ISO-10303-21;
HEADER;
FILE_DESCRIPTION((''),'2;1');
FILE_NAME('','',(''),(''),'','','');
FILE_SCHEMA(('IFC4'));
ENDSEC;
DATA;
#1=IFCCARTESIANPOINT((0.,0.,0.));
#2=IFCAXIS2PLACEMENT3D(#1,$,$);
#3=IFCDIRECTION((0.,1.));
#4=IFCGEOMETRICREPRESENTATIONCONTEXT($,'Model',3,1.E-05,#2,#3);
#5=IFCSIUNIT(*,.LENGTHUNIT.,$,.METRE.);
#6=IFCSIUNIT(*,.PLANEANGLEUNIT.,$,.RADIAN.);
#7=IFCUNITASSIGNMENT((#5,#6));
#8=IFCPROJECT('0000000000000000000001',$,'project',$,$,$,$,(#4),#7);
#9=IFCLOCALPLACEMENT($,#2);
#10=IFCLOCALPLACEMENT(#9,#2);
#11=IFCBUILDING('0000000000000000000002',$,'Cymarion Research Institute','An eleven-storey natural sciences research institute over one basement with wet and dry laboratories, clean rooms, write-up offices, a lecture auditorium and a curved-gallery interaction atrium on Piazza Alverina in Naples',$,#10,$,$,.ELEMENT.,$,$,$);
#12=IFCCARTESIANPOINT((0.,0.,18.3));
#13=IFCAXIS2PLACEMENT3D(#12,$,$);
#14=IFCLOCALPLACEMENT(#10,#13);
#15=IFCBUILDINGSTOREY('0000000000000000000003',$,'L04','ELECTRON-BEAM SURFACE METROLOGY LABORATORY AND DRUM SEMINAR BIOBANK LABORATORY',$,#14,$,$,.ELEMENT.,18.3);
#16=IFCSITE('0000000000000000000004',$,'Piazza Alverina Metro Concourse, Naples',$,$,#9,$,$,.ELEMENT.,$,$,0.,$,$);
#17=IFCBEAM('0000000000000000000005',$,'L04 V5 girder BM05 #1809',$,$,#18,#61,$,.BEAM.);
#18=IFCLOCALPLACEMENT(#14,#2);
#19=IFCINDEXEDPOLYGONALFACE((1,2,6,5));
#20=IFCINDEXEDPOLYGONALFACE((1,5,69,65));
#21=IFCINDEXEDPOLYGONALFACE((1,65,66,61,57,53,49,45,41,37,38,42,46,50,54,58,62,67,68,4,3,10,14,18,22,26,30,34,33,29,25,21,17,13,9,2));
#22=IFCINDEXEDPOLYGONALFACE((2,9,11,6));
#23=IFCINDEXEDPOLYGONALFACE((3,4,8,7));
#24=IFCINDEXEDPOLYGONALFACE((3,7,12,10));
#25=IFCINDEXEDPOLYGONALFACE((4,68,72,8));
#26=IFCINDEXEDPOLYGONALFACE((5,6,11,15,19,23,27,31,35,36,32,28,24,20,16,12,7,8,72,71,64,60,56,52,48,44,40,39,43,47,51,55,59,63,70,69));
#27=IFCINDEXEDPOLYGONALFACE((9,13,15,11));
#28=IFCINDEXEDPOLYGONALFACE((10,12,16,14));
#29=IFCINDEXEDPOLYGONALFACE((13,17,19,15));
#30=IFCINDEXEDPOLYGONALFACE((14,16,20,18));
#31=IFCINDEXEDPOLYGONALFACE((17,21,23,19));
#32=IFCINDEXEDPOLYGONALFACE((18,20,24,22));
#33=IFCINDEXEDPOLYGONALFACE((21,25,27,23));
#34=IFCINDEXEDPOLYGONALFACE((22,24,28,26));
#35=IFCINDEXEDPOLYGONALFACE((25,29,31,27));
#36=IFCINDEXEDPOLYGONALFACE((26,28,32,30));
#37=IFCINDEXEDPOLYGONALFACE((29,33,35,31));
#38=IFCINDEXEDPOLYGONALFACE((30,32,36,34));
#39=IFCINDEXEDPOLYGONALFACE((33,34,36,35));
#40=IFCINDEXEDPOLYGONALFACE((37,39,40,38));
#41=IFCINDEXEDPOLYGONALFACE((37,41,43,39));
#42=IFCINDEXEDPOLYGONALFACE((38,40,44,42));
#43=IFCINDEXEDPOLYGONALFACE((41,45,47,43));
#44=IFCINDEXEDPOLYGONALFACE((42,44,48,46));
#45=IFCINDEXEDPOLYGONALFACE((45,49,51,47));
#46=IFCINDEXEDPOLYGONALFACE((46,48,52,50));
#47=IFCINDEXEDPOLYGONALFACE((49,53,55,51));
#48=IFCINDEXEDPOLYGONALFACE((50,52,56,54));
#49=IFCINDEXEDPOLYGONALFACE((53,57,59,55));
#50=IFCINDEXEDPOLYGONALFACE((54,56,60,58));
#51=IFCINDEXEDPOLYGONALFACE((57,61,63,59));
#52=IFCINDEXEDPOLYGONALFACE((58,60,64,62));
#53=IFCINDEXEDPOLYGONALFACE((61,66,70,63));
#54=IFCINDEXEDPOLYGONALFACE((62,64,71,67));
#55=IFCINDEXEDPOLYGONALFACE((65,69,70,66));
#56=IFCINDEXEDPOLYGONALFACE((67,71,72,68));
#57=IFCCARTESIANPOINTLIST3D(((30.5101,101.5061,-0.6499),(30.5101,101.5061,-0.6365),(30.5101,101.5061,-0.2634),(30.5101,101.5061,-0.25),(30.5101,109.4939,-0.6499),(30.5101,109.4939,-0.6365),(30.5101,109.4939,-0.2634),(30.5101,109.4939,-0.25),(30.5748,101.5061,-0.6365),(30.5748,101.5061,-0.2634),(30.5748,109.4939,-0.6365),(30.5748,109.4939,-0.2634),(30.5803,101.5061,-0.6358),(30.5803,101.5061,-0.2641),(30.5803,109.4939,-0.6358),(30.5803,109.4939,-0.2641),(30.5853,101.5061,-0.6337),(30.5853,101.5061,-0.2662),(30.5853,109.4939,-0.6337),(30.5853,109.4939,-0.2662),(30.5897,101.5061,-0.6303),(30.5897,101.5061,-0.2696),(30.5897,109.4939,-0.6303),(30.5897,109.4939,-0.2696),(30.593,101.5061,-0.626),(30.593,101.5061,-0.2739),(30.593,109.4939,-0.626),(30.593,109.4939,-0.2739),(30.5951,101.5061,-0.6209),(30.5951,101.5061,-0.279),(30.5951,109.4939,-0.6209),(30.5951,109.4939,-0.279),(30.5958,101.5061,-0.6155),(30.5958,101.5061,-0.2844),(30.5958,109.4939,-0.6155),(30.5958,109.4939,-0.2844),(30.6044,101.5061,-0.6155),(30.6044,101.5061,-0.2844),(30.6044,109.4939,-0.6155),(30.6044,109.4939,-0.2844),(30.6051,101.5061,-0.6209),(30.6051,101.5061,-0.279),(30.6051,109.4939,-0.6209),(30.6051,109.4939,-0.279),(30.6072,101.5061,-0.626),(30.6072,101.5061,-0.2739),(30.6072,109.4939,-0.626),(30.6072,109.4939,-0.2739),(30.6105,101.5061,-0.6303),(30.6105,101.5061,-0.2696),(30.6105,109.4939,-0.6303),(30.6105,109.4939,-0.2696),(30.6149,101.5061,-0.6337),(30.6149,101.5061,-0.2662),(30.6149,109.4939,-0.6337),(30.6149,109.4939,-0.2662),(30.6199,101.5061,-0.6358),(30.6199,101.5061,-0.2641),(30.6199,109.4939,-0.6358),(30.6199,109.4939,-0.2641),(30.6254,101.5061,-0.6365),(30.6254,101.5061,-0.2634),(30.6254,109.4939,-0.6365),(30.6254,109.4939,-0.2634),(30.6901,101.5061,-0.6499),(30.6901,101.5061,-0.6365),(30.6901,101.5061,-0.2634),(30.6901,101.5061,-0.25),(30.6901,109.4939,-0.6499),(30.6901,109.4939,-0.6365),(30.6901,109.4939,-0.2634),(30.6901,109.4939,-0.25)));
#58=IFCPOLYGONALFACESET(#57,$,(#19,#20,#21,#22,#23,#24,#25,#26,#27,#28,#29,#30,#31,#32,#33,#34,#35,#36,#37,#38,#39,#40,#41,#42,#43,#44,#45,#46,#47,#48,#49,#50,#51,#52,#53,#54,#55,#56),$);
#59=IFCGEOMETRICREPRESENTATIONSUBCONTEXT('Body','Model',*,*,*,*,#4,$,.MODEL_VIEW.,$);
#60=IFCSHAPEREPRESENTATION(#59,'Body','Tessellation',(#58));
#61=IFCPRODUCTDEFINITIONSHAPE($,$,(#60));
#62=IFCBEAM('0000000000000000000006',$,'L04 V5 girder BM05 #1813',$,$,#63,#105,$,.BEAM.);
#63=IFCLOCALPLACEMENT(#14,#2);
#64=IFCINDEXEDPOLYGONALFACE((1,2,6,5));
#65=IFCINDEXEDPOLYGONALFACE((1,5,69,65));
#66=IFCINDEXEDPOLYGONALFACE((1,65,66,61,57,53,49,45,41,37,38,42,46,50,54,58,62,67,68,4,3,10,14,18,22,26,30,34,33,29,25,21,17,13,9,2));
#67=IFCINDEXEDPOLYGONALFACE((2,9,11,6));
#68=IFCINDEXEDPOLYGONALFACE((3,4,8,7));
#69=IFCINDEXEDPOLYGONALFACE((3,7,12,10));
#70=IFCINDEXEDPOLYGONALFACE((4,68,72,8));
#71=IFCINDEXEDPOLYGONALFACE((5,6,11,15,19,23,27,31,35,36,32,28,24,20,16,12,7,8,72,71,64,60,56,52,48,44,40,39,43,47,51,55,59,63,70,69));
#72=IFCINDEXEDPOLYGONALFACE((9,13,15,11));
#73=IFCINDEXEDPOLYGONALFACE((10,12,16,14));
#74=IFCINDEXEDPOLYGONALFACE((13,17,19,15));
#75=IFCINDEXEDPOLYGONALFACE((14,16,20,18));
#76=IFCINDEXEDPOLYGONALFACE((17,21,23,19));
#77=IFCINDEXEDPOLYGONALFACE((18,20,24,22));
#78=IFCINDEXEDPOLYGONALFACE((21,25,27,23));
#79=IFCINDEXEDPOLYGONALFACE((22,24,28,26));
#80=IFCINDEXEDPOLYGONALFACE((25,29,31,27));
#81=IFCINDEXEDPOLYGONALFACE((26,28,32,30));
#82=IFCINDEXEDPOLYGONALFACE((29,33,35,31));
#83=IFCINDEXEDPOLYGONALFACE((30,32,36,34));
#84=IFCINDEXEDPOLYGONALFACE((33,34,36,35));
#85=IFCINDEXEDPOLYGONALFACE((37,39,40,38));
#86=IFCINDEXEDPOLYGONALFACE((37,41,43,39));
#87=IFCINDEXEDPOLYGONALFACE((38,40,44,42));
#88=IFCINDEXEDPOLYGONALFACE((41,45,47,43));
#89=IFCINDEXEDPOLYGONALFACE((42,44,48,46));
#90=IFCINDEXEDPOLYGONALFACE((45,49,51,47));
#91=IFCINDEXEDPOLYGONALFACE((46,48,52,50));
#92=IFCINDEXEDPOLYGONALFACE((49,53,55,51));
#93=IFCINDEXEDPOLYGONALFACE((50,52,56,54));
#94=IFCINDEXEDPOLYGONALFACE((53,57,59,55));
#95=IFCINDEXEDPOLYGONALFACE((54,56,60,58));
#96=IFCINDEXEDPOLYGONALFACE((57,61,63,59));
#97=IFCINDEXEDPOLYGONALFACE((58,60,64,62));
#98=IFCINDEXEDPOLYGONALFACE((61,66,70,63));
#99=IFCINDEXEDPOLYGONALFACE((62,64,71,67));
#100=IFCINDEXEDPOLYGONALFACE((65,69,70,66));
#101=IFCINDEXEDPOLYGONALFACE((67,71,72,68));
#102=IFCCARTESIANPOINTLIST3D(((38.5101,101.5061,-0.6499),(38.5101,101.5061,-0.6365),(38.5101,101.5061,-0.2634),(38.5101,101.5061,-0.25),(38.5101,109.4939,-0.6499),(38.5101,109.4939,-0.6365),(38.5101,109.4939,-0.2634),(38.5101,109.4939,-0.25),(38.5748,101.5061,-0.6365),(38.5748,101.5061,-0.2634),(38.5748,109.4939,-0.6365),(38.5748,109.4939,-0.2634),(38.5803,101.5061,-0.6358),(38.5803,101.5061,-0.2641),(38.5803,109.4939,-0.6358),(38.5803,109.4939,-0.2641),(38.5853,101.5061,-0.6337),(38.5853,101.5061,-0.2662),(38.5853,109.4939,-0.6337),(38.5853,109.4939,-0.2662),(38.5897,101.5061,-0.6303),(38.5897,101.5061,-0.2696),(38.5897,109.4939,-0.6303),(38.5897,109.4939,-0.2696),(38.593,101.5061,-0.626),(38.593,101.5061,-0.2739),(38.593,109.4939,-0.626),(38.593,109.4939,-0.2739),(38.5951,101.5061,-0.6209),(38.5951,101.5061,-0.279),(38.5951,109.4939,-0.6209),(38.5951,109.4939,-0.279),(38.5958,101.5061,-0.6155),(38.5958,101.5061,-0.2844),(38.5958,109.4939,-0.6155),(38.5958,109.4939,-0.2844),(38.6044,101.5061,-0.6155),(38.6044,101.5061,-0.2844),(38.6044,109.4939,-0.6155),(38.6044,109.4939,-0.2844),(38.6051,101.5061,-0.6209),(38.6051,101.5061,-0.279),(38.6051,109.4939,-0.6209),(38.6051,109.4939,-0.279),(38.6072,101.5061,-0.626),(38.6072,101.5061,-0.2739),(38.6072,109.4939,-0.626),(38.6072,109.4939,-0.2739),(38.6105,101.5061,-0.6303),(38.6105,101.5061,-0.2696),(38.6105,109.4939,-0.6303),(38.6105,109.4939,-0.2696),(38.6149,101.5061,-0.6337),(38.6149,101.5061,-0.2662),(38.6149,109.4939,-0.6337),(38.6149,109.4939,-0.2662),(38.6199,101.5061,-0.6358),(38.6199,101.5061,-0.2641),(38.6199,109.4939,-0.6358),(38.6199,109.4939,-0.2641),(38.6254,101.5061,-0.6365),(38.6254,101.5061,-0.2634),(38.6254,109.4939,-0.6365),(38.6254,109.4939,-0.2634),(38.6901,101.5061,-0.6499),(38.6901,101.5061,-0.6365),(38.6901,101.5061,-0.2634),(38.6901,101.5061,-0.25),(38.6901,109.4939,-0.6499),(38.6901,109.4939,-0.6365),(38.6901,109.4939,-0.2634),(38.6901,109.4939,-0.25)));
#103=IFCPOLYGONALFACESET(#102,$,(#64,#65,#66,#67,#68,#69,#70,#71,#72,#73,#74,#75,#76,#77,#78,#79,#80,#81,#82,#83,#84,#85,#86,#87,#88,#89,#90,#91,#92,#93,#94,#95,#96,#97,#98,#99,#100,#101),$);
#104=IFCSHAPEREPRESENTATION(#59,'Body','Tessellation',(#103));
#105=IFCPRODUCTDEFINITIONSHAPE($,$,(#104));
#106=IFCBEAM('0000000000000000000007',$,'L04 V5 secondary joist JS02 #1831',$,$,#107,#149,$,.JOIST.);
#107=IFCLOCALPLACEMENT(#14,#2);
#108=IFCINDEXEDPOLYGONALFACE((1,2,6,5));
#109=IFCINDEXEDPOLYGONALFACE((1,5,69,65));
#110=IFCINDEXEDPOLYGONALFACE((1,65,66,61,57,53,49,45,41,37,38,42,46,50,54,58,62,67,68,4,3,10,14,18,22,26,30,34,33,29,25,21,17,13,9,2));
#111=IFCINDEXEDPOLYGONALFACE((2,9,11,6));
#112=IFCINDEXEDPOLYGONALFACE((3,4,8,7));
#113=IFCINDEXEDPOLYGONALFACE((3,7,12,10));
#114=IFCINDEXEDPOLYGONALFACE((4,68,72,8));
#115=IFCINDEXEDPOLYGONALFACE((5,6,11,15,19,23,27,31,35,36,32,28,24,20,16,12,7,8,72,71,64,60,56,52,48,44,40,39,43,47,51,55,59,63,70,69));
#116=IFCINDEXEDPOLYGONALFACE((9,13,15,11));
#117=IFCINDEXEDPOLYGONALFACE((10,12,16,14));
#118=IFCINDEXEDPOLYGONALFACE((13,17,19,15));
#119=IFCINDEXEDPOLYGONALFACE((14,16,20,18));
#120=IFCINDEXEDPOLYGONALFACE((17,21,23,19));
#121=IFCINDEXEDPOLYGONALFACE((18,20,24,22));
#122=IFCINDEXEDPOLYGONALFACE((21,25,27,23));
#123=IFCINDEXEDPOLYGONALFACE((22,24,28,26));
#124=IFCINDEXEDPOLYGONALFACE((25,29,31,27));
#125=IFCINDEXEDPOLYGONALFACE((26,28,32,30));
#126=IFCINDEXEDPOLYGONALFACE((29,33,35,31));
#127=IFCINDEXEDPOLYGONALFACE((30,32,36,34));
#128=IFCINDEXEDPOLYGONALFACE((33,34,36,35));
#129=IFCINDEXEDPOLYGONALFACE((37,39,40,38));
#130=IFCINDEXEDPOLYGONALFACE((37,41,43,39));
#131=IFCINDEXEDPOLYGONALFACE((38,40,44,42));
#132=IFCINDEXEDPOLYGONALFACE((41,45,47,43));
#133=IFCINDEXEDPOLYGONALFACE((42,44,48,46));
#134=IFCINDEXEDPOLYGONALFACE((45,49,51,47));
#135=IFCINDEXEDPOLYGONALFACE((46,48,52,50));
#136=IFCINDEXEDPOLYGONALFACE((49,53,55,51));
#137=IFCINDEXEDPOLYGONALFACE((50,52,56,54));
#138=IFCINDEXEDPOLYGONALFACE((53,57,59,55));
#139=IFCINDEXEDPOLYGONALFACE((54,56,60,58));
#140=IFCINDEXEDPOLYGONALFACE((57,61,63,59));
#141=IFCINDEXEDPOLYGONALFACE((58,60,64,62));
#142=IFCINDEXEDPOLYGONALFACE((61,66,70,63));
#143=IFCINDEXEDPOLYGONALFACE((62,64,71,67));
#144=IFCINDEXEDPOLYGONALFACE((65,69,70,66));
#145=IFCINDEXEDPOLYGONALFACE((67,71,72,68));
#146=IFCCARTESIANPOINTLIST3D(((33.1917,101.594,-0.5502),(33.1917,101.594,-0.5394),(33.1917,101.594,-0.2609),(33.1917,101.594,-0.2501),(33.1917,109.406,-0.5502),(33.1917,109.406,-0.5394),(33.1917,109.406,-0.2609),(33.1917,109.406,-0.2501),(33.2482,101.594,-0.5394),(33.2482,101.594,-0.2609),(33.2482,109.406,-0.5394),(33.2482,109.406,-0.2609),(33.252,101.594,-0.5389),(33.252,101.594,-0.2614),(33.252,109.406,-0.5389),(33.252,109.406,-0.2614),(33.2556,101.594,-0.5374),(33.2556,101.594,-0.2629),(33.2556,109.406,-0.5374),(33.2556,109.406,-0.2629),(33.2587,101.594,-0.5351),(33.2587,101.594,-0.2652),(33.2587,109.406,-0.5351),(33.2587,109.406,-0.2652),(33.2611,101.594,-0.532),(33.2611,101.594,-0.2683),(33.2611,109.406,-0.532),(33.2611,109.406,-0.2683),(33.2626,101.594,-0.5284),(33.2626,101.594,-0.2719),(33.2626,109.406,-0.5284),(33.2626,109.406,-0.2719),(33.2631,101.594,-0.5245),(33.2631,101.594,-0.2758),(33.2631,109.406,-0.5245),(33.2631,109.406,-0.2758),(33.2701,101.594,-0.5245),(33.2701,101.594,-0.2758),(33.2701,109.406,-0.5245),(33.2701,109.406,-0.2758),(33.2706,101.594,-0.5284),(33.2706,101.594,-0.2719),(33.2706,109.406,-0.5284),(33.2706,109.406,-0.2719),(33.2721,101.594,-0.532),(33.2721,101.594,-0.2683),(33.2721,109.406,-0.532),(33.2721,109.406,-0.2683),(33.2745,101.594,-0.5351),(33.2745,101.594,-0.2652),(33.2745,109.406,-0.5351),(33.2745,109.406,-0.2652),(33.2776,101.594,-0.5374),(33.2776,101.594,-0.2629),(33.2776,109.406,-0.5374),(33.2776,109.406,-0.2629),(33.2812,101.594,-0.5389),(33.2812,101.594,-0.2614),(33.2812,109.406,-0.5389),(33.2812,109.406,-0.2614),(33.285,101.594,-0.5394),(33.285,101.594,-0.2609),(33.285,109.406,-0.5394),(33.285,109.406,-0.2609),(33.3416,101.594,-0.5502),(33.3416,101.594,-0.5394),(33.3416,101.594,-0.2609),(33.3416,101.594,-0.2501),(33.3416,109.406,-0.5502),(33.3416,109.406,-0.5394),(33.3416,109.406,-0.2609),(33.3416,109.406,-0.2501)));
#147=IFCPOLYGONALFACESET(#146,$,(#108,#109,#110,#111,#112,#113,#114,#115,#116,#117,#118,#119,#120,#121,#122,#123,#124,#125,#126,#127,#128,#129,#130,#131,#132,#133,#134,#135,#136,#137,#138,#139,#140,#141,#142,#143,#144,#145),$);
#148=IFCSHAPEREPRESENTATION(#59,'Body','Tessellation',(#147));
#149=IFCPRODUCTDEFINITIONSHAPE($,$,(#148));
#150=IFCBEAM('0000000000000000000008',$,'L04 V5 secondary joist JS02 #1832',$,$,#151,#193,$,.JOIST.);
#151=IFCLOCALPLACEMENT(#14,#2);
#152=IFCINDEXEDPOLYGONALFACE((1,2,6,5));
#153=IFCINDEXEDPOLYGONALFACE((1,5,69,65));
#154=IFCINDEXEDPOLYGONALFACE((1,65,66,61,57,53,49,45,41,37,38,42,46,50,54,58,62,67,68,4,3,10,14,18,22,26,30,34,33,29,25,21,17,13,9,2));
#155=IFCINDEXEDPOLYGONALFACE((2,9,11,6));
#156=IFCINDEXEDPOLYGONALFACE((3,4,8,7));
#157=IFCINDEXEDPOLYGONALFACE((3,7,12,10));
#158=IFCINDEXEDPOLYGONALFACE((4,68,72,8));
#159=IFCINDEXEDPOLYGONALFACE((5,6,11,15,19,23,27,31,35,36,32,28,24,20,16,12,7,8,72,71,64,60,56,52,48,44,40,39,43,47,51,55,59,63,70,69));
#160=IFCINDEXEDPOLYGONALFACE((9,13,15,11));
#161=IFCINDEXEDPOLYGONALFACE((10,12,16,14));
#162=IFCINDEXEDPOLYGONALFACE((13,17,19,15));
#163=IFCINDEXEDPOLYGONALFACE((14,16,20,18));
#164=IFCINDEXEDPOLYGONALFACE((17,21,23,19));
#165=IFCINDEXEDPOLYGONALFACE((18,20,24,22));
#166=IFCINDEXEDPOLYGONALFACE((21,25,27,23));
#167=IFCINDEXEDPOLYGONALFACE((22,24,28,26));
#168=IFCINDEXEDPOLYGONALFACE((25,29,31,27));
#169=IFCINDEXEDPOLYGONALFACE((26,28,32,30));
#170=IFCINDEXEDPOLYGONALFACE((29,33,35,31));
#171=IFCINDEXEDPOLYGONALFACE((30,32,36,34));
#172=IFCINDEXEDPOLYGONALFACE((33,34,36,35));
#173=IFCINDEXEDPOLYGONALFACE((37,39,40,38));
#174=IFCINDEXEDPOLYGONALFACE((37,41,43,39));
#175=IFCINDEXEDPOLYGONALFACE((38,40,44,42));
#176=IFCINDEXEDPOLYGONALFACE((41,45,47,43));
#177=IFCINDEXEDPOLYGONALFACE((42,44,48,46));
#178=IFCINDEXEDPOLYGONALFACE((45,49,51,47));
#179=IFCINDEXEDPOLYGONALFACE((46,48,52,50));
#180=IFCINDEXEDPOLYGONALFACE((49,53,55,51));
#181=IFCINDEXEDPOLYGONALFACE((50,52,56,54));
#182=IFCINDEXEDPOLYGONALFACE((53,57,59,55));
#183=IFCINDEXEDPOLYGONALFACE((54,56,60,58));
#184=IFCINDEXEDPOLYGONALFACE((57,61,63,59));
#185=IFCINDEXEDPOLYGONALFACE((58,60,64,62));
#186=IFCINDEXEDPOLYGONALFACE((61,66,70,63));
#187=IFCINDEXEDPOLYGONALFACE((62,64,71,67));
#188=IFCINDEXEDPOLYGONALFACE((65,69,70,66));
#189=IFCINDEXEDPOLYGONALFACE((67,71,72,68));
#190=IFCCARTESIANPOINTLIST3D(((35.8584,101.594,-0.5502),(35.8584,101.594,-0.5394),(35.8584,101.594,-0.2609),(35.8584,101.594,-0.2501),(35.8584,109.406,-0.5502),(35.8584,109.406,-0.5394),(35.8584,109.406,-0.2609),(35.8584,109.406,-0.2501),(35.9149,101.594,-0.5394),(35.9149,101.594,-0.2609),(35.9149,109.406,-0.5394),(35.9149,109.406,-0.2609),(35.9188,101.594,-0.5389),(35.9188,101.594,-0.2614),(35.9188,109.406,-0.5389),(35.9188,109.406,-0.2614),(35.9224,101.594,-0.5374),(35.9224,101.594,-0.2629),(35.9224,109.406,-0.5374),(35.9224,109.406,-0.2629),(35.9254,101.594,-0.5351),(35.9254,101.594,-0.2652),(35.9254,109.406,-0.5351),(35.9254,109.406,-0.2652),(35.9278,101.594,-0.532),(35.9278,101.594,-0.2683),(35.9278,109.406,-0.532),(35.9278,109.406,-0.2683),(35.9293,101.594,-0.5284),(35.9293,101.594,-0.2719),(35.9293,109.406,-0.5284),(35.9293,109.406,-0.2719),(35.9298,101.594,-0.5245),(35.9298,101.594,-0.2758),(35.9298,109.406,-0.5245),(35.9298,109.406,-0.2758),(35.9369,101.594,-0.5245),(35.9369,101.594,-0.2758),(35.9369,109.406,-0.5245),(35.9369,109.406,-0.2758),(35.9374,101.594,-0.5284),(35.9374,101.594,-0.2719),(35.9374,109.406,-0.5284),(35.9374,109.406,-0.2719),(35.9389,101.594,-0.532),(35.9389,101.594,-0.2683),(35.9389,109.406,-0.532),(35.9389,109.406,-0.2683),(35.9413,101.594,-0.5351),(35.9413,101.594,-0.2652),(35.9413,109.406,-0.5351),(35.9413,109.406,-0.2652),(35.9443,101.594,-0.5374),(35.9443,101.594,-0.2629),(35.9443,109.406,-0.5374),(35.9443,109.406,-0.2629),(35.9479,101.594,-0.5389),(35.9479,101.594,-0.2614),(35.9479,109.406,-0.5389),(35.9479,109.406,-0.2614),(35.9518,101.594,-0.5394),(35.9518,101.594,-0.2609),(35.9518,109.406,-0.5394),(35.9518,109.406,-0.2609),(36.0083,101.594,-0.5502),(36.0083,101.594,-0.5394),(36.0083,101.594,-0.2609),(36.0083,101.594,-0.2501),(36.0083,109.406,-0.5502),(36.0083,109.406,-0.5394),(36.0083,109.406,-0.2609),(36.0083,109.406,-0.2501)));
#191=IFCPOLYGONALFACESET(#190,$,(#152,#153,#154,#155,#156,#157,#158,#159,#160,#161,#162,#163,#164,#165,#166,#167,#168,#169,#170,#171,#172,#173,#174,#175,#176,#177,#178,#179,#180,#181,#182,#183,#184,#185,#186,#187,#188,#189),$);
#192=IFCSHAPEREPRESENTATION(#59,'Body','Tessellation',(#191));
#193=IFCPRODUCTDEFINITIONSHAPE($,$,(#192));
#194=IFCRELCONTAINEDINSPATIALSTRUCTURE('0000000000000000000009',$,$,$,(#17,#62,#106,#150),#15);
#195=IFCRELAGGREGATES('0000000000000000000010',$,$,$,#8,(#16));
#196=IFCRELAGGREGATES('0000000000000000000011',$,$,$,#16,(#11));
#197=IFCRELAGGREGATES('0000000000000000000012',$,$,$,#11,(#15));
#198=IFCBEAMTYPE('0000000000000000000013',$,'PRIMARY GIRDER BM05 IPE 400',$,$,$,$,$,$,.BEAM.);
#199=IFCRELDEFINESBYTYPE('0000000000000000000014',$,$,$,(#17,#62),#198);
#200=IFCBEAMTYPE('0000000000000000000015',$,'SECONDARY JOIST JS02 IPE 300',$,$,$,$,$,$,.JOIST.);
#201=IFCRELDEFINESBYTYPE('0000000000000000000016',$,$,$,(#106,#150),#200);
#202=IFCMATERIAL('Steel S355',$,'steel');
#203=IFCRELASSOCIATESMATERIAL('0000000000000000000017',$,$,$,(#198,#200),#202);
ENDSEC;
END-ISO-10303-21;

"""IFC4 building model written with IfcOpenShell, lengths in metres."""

from ifc_helpers import new_model, si_unit, direction, frame, origin, origin_2d, place, context, subcontext, project, spatial, i_section, extrude, material, material_profile, profile_set, type_object, element, save


model = new_model("IFC4")

# Units and contexts
model_context = context("Model", 3, precision=1e-05, world=origin(), true_north=direction((0.0, 1.0)))
body_context = subcontext(model_context, "Body", "Model", "MODEL_VIEW")
ifc_project = project(units=[si_unit("LENGTHUNIT", "METRE"), si_unit("PLANEANGLEUNIT", "RADIAN")], contexts=[model_context])

# Site, building, storey
site_placement = place(None, origin())
site = spatial("IfcSite", under=ifc_project, at=site_placement, Name="Piazza Alverina Metro Concourse, Naples", CompositionType="ELEMENT", RefElevation=0.0)
building_placement = place(site_placement, origin())
building = spatial("IfcBuilding", under=site, at=building_placement, Name="Cymarion Research Institute", Description="An eleven-storey natural sciences research institute over one basement with wet and dry laboratories, clean rooms, write-up offices, a lecture auditorium and a curved-gallery interaction atrium on Piazza Alverina in Naples", CompositionType="ELEMENT")
storey_placement = place(building_placement, frame((0.0, 0.0, 18.3)))
storey = spatial("IfcBuildingStorey", under=building, at=storey_placement, Name="L04", Description="ELECTRON-BEAM SURFACE METROLOGY LABORATORY AND DRUM SEMINAR BIOBANK LABORATORY", CompositionType="ELEMENT", Elevation=18.3)

# Shared definitions
ifc_material_1 = material(Name="Steel S355", Category="steel")

# Beams
ifc_material_profile_1 = material_profile(ifc_material_1, i_section(OverallWidth=0.1799, OverallDepth=0.3999, WebThickness=0.0085, FlangeThickness=0.0134, FilletRadius=0.021, at=origin_2d()), Name="IPE 400")
ifc_profile_set_1 = profile_set([ifc_material_profile_1], Name="Steel S355")
beam_type_1 = type_object("IfcBeamType", Name="PRIMARY GIRDER BM05 IPE 400", PredefinedType="BEAM", material=ifc_profile_set_1)
for number, where, z_axis, x_axis, name in (
    (1, (30.6001, 101.5061, -0.45), (0.0, 1.0, 0.0), (-1.0, 0.0, 0.0), "L04 V5 girder BM05 #1809"),
    (2, (38.6001, 101.5061, -0.45), (0.0, 1.0, 0.0), (-1.0, 0.0, 0.0), "L04 V5 girder BM05 #1813"),
):
    element("IfcBeam", number, at=place(storey_placement, frame(where, z_axis=z_axis, x_axis=x_axis)), inside=storey, type_object=beam_type_1, Name=name, PredefinedType="BEAM", context=body_context, shape_type="SweptSolid", body=[
        extrude(i_section(OverallWidth=0.1799, OverallDepth=0.3999, WebThickness=0.0085, FlangeThickness=0.0134, FilletRadius=0.021, at=origin_2d()), origin(), (0.0, 0.0, 1.0), 7.9878),
    ])
ifc_material_profile_2 = material_profile(ifc_material_1, i_section(OverallWidth=0.1499, OverallDepth=0.3, WebThickness=0.0071, FlangeThickness=0.0107, FilletRadius=0.0149, at=origin_2d()), Name="IPE 300")
ifc_profile_set_2 = profile_set([ifc_material_profile_2], Name="Steel S355")
beam_type_2 = type_object("IfcBeamType", Name="SECONDARY JOIST JS02 IPE 300", PredefinedType="JOIST", material=ifc_profile_set_2)
for number, where, z_axis, x_axis, name in (
    (3, (33.2666, 101.594, -0.4001), (0.0, 1.0, 0.0), (-1.0, 0.0, 0.0), "L04 V5 secondary joist JS02 #1831"),
    (4, (35.9333, 101.594, -0.4001), (0.0, 1.0, 0.0), (-1.0, 0.0, 0.0), "L04 V5 secondary joist JS02 #1832"),
):
    element("IfcBeam", number, at=place(storey_placement, frame(where, z_axis=z_axis, x_axis=x_axis)), inside=storey, type_object=beam_type_2, Name=name, PredefinedType="JOIST", context=body_context, shape_type="SweptSolid", body=[
        extrude(i_section(OverallWidth=0.1499, OverallDepth=0.3, WebThickness=0.0071, FlangeThickness=0.0107, FilletRadius=0.0149, at=origin_2d()), origin(), (0.0, 0.0, 1.0), 7.812),
    ])

save(model, "model.ifc")
